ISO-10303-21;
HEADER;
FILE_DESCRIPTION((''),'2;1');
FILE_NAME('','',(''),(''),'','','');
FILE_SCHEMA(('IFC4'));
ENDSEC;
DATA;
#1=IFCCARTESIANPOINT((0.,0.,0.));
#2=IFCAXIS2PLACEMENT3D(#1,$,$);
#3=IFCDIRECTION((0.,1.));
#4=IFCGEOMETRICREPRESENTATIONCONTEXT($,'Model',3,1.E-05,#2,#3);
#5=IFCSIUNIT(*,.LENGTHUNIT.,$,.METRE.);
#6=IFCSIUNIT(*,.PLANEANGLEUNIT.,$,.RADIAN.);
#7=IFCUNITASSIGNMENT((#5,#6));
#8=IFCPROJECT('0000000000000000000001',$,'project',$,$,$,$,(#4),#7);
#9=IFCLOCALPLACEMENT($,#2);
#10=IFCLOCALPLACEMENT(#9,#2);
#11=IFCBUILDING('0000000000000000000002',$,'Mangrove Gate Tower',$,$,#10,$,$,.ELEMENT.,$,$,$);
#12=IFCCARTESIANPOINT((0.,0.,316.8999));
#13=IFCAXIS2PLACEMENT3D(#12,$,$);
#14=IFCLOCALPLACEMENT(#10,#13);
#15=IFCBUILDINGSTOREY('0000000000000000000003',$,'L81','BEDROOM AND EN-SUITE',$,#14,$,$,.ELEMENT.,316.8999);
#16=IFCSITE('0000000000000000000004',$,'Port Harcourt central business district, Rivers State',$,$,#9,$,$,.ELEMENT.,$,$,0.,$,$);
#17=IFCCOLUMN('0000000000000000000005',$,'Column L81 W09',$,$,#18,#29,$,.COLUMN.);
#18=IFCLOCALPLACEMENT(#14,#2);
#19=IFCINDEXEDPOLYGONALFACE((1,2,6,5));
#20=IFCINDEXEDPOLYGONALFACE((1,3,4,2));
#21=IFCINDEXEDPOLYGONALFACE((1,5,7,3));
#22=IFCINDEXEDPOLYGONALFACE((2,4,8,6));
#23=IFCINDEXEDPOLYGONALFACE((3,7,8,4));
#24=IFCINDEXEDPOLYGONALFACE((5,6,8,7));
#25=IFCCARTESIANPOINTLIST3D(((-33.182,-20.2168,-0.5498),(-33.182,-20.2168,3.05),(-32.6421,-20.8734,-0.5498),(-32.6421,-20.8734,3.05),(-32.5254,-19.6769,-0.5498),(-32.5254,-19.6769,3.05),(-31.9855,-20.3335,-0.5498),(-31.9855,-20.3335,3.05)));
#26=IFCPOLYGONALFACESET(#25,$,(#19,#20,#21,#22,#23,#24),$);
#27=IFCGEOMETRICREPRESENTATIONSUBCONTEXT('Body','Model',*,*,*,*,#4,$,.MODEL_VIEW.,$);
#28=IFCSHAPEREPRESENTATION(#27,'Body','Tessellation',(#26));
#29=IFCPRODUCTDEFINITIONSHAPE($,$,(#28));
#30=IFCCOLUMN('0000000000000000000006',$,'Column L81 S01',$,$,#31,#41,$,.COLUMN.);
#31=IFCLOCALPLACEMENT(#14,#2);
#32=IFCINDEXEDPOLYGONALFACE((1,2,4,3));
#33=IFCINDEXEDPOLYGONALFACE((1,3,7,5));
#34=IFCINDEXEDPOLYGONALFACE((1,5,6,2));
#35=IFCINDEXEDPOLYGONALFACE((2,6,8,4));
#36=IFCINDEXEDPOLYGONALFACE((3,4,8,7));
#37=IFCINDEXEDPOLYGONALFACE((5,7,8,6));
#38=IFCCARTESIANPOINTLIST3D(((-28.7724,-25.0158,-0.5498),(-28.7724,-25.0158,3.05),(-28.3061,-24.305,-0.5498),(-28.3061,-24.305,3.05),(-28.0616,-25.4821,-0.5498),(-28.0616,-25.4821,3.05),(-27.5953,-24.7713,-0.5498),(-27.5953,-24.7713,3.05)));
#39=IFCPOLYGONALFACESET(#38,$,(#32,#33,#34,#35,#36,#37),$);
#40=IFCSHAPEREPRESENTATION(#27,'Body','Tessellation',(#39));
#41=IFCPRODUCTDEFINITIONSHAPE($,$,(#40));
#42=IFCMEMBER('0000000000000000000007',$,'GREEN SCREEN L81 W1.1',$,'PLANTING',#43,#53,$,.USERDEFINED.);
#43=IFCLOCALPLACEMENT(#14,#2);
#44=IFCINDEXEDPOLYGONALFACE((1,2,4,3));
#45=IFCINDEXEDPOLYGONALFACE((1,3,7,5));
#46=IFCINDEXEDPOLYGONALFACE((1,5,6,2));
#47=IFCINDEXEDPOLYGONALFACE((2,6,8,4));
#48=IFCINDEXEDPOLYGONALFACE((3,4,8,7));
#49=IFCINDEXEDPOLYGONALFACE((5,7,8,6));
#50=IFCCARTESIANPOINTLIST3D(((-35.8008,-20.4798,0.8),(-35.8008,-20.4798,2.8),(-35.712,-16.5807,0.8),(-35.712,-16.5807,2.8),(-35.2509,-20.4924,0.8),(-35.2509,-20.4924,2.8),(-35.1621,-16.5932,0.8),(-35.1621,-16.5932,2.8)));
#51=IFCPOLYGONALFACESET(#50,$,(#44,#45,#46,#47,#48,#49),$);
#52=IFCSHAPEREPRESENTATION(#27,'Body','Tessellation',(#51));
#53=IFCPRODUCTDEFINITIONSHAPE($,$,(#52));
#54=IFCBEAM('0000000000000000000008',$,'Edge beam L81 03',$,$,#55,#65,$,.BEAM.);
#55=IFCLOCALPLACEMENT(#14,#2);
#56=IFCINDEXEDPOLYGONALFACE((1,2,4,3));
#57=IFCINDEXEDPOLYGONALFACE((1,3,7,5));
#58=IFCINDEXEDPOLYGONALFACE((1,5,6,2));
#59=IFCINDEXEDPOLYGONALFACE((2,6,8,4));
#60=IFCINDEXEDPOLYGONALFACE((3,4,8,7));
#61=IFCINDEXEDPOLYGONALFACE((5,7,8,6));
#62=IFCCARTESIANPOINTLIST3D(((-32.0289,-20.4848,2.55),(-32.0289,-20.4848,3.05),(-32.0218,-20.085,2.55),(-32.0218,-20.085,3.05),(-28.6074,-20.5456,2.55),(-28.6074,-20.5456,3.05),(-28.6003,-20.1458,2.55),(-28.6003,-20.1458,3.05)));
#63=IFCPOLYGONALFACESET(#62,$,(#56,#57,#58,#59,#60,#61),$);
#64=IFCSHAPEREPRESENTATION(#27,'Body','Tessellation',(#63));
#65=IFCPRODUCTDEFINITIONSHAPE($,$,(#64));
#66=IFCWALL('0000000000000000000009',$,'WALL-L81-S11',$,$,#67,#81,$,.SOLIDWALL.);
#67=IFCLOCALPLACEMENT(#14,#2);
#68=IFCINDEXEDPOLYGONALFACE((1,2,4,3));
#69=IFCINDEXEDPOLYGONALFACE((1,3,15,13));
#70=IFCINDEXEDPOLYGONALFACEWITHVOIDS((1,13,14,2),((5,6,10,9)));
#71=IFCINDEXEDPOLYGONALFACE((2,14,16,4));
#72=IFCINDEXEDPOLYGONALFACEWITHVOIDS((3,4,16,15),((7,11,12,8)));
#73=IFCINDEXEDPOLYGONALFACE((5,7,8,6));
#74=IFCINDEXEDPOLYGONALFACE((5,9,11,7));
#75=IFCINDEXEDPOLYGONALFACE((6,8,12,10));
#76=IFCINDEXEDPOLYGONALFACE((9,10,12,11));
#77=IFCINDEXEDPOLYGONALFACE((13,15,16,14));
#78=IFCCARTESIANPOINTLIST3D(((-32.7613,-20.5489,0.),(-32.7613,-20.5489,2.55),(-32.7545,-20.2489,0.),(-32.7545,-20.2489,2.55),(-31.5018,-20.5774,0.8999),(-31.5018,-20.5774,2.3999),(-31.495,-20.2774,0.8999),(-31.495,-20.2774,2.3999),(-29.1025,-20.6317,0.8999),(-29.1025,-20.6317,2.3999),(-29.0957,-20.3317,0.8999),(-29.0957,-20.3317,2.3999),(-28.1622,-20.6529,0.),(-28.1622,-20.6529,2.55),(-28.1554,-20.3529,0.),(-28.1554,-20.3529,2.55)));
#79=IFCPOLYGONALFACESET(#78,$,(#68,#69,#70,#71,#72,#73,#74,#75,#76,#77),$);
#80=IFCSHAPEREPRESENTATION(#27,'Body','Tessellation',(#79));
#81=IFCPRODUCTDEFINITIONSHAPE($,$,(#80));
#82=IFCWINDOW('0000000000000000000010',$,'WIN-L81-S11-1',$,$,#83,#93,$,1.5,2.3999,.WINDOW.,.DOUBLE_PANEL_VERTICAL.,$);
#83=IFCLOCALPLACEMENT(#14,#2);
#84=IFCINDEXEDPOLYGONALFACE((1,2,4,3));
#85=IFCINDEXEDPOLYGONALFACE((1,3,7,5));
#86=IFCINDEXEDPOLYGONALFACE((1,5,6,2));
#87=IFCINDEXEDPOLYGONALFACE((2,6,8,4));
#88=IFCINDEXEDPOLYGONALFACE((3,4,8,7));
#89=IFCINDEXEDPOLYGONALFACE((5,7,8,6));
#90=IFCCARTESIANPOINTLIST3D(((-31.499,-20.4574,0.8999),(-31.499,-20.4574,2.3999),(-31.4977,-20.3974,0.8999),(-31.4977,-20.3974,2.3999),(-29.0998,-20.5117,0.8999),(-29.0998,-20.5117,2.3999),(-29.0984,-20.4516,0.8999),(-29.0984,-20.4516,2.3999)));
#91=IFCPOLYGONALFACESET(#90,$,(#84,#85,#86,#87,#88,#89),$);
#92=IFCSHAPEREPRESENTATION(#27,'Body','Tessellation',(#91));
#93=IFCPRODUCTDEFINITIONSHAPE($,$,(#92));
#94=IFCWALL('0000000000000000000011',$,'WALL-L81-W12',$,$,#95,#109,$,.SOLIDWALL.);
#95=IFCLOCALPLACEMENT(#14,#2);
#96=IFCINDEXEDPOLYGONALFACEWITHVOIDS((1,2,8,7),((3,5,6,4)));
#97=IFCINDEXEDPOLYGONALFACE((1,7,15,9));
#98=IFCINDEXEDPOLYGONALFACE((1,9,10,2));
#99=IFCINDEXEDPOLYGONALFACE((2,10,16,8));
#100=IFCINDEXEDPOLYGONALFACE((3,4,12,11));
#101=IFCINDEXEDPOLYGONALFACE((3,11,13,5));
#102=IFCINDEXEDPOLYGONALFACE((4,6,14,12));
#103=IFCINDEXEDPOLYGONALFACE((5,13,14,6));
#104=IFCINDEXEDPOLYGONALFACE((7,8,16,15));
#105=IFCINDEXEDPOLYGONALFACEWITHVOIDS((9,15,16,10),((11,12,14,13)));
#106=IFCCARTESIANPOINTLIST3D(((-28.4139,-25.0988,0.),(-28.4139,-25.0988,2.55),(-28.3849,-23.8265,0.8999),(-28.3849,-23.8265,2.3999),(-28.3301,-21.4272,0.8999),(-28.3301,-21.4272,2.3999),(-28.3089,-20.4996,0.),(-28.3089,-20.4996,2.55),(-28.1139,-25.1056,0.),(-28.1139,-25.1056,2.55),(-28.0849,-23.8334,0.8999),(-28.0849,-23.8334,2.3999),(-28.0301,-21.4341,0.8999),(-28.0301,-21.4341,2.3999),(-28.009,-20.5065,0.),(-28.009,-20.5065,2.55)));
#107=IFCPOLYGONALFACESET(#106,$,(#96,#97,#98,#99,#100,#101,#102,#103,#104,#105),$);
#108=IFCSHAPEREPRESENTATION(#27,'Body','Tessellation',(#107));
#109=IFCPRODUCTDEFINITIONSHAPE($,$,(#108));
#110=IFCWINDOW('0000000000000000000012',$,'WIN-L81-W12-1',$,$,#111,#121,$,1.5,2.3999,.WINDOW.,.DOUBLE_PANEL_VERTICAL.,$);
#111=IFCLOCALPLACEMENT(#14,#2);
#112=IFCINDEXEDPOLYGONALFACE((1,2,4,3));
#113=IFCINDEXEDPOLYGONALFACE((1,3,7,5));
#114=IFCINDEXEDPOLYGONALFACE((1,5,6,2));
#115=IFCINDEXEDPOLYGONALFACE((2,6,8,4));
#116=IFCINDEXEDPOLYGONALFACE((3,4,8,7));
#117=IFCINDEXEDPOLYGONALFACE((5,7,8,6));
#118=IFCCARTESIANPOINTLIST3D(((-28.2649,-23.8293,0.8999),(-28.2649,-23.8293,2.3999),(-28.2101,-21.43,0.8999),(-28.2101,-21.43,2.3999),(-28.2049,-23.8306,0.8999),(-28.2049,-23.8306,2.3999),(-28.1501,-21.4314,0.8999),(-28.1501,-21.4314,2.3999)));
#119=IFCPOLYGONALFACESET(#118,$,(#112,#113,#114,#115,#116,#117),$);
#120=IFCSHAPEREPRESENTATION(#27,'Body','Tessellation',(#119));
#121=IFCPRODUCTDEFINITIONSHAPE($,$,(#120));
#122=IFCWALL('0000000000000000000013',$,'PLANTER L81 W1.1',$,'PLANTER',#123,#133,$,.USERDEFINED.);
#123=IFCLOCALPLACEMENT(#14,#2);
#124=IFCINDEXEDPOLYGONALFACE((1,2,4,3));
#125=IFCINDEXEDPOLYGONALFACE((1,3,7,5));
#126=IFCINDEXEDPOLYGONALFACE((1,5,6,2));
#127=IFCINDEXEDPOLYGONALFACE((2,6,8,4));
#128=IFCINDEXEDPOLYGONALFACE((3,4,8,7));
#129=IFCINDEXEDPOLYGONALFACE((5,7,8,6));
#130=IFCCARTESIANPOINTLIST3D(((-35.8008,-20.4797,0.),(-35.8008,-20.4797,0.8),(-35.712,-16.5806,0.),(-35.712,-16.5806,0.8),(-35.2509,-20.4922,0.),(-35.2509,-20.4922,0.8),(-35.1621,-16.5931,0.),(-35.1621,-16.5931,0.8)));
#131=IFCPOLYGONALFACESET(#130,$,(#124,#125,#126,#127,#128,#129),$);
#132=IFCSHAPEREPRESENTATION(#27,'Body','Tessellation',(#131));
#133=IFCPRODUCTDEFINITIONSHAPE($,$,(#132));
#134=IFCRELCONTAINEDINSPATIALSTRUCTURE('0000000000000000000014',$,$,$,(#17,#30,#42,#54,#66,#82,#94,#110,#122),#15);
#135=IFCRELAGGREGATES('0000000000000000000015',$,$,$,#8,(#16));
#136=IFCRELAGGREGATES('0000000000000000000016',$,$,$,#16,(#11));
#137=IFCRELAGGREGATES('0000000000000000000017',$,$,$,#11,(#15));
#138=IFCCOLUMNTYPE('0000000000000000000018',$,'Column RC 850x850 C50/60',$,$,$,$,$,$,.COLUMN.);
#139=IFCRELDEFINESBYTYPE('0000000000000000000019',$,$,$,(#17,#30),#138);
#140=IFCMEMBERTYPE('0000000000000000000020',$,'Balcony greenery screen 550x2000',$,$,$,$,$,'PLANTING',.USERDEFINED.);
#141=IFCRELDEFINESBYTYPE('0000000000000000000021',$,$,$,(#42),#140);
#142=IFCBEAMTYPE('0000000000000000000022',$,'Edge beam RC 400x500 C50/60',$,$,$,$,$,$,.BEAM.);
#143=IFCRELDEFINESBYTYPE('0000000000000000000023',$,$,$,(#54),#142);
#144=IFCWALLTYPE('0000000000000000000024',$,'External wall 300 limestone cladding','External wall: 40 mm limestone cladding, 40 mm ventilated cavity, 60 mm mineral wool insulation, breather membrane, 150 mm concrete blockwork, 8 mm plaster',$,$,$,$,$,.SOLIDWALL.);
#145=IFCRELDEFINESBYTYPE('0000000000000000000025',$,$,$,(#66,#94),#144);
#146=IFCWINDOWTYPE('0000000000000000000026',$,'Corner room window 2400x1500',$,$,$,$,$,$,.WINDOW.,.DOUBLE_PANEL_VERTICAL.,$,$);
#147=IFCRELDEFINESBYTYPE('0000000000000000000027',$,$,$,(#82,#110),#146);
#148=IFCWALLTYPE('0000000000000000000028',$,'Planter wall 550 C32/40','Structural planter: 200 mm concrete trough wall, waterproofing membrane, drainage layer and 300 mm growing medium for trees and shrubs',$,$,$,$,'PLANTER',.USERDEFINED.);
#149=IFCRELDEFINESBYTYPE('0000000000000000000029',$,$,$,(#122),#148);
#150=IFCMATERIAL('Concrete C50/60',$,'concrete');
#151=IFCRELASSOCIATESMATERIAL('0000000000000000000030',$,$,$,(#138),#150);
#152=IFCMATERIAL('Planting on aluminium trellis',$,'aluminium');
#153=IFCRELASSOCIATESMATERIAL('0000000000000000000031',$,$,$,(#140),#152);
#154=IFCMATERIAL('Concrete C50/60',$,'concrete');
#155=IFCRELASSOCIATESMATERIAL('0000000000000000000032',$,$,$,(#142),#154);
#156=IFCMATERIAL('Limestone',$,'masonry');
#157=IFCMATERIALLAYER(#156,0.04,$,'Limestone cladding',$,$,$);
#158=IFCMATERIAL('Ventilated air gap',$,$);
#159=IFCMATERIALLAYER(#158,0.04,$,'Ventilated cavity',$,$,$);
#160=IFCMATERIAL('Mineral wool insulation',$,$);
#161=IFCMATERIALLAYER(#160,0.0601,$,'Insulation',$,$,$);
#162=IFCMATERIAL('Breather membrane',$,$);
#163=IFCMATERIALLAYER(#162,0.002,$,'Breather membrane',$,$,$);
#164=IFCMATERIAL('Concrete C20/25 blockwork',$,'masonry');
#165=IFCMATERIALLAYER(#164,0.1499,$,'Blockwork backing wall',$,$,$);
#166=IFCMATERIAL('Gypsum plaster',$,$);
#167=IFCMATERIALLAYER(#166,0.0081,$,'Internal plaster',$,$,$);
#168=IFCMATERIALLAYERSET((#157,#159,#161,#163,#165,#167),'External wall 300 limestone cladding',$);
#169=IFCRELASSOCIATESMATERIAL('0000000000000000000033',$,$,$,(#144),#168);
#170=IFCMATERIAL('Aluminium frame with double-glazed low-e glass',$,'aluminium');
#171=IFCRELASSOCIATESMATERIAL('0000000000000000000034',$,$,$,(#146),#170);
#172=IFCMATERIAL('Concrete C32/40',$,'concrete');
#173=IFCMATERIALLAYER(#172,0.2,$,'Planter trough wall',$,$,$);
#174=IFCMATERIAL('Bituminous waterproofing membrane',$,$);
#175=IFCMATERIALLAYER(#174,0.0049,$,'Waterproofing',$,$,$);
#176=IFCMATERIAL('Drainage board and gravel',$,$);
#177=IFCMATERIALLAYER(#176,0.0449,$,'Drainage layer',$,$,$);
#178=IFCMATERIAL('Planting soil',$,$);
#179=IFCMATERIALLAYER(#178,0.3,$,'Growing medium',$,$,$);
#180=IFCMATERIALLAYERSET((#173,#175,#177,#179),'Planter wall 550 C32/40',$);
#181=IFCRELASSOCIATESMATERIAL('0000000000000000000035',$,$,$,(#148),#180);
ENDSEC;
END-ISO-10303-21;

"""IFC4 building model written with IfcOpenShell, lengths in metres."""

from ifc_helpers import new_model, si_unit, direction, frame, frame_2d, origin, origin_2d, place, context, subcontext, project, spatial, rectangle, extrude, material, layer, layer_set, material_profile, profile_set, type_object, element, fill, save


model = new_model("IFC4")

# Units and contexts
model_context = context("Model", 3, precision=1e-05, world=origin(), true_north=direction((0.0, 1.0)))
body_context = subcontext(model_context, "Body", "Model", "MODEL_VIEW")
ifc_project = project(units=[si_unit("LENGTHUNIT", "METRE"), si_unit("PLANEANGLEUNIT", "RADIAN")], contexts=[model_context])

# Site, building, storey
site_placement = place(None, origin())
site = spatial("IfcSite", under=ifc_project, at=site_placement, Name="Port Harcourt central business district, Rivers State", CompositionType="ELEMENT", RefElevation=0.0)
building_placement = place(site_placement, origin())
building = spatial("IfcBuilding", under=site, at=building_placement, Name="Mangrove Gate Tower", CompositionType="ELEMENT")
storey_placement = place(building_placement, frame((0.0, 0.0, 316.8999)))
storey = spatial("IfcBuildingStorey", under=building, at=storey_placement, Name="L81", Description="BEDROOM AND EN-SUITE", CompositionType="ELEMENT", Elevation=316.8999)

# Columns
ifc_material_1 = material(Name="Concrete C50/60", Category="concrete")
ifc_material_profile_1 = material_profile(ifc_material_1, rectangle(XDim=0.8501, YDim=0.8501, at=origin_2d()))
ifc_profile_set_1 = profile_set([ifc_material_profile_1], Name="Concrete C50/60")
column_type = type_object("IfcColumnType", Name="Column RC 850x850 C50/60", PredefinedType="COLUMN", material=ifc_profile_set_1)
for number, where, z_axis, x_axis, name in (
    (1, (-32.5837, -20.2751, -0.5498), (0.0, 0.0, 1.0), (0.635105, -0.772425, 0.0), "Column L81 W09"),
    (2, (-28.1838, -24.8936, -0.5498), (0.0, 0.0, 1.0), (0.836135, -0.548523, 0.0), "Column L81 S01"),
):
    element("IfcColumn", number, at=place(storey_placement, frame(where, z_axis=z_axis, x_axis=x_axis)), inside=storey, type_object=column_type, Name=name, PredefinedType="COLUMN", context=body_context, shape_type="SweptSolid", body=[
        extrude(rectangle(XDim=0.8501, YDim=0.8501, at=origin_2d()), origin(), (0.0, 0.0, 1.0), 3.5999),
    ])

# Member
ifc_material_2 = material(Name="Planting on aluminium trellis", Category="aluminium")
ifc_material_profile_2 = material_profile(ifc_material_2, rectangle(XDim=0.55, YDim=2.0, at=origin_2d()))
ifc_profile_set_2 = profile_set([ifc_material_profile_2], Name="Planting on aluminium trellis")
member_type = type_object("IfcMemberType", Name="Balcony greenery screen 550x2000", ElementType="PLANTING", PredefinedType="USERDEFINED", material=ifc_profile_set_2)
member_placement = place(storey_placement, frame((-35.5259, -20.4861, 1.8), z_axis=(0.022785, 0.99974, 0.0), x_axis=(-0.99974, 0.022785, 0.0)))
element("IfcMember", 3, at=member_placement, inside=storey, type_object=member_type, Name="GREEN SCREEN L81 W1.1", ObjectType="PLANTING", PredefinedType="USERDEFINED", context=body_context, shape_type="SweptSolid", body=[
    extrude(rectangle(XDim=0.55, YDim=2.0, at=origin_2d()), origin(), (0.0, 0.0, 1.0), 3.9001),
])

# Beam
ifc_material_3 = material(Name="Concrete C50/60", Category="concrete")
ifc_material_profile_3 = material_profile(ifc_material_3, rectangle(XDim=0.3999, YDim=0.5, at=origin_2d()))
ifc_profile_set_3 = profile_set([ifc_material_profile_3], Name="Concrete C50/60")
beam_type = type_object("IfcBeamType", Name="Edge beam RC 400x500 C50/60", PredefinedType="BEAM", material=ifc_profile_set_3)
beam_placement = place(storey_placement, frame((-32.0254, -20.2849, 2.8), z_axis=(0.999842, -0.017764, 0.0), x_axis=(0.017764, 0.999842, 0.0)))
element("IfcBeam", 4, at=beam_placement, inside=storey, type_object=beam_type, Name="Edge beam L81 03", PredefinedType="BEAM", context=body_context, shape_type="SweptSolid", body=[
    extrude(rectangle(XDim=0.3999, YDim=0.5, at=origin_2d()), origin(), (0.0, 0.0, 1.0), 3.4221),
])

# Walls, openings, windows
ifc_material_4 = material(Name="Limestone", Category="masonry")
ifc_layer_1 = layer(ifc_material_4, 0.04, Name="Limestone cladding")
ifc_material_5 = material(Name="Ventilated air gap")
ifc_layer_2 = layer(ifc_material_5, 0.04, Name="Ventilated cavity")
ifc_material_6 = material(Name="Mineral wool insulation")
ifc_layer_3 = layer(ifc_material_6, 0.0601, Name="Insulation")
ifc_material_7 = material(Name="Breather membrane")
ifc_layer_4 = layer(ifc_material_7, 0.002, Name="Breather membrane")
ifc_material_8 = material(Name="Concrete C20/25 blockwork", Category="masonry")
ifc_layer_5 = layer(ifc_material_8, 0.1499, Name="Blockwork backing wall")
ifc_material_9 = material(Name="Gypsum plaster")
ifc_layer_6 = layer(ifc_material_9, 0.0081, Name="Internal plaster")
ifc_layer_set_1 = layer_set([ifc_layer_1, ifc_layer_2, ifc_layer_3, ifc_layer_4, ifc_layer_5, ifc_layer_6], Name="External wall 300 limestone cladding")
wall_type_1 = type_object("IfcWallType", Name="External wall 300 limestone cladding", Description="External wall: 40 mm limestone cladding, 40 mm ventilated cavity, 60 mm mineral wool insulation, breather membrane, 150 mm concrete blockwork, 8 mm plaster", PredefinedType="SOLIDWALL", material=ifc_layer_set_1)
wall_1_placement = place(storey_placement, frame((-32.7581, -20.3989, 0.0), z_axis=(0.0, 0.0, 1.0), x_axis=(0.999744, -0.022608, 0.0)))
wall_1 = element("IfcWall", 5, at=wall_1_placement, inside=storey, type_object=wall_type_1, Name="WALL-L81-S11", PredefinedType="SOLIDWALL", context=body_context, shape_type="SweptSolid", body=[
    extrude(rectangle(XDim=4.6003, YDim=0.3, at=frame_2d((2.3003, 0.0))), origin(), (0.0, 0.0, 1.0), 2.55),
])
opening_1_placement = place(wall_1_placement, frame((1.26, 0.0, 0.8999)))
opening_1 = element("IfcOpeningElement", 6, at=opening_1_placement, cuts=wall_1, PredefinedType="OPENING", context=body_context, shape_type="SweptSolid", body=[
    extrude(rectangle(XDim=2.3999, YDim=1.5, at=frame_2d((1.2, 0.75))), frame((0.0, 0.1599, 0.0), z_axis=(0.0, -1.0, 0.0), x_axis=(1.0, 0.0, 0.0)), (0.0, 0.0, 1.0), 0.3201),
])
ifc_material_10 = material(Name="Aluminium frame with double-glazed low-e glass", Category="aluminium")
window_type = type_object("IfcWindowType", Name="Corner room window 2400x1500", PartitioningType="DOUBLE_PANEL_VERTICAL", PredefinedType="WINDOW", material=ifc_material_10)
window_1_placement = place(opening_1_placement, origin())
window_1 = element("IfcWindow", 7, at=window_1_placement, inside=storey, type_object=window_type, Name="WIN-L81-S11-1", OverallHeight=1.5, OverallWidth=2.3999, PartitioningType="DOUBLE_PANEL_VERTICAL", PredefinedType="WINDOW", context=body_context, shape_type="SweptSolid", body=[
    extrude(rectangle(XDim=2.3999, YDim=1.5, at=frame_2d((1.2, 0.75))), frame((0.0, 0.03, 0.0), z_axis=(0.0, -1.0, 0.0), x_axis=(1.0, 0.0, 0.0)), (0.0, 0.0, 1.0), 0.0601),
])
fill(opening_1, window_1)
wall_2_placement = place(storey_placement, frame((-28.1589, -20.5029, 0.0), z_axis=(0.0, 0.0, 1.0), x_axis=(-0.02282, -0.99974, 0.0)))
wall_2 = element("IfcWall", 8, at=wall_2_placement, inside=storey, type_object=wall_type_1, Name="WALL-L81-W12", PredefinedType="SOLIDWALL", context=body_context, shape_type="SweptSolid", body=[
    extrude(rectangle(XDim=4.6003, YDim=0.3, at=frame_2d((2.3003, 0.0))), origin(), (0.0, 0.0, 1.0), 2.55),
])
opening_2_placement = place(wall_2_placement, frame((0.928, 0.0, 0.8999)))
opening_2 = element("IfcOpeningElement", 9, at=opening_2_placement, cuts=wall_2, PredefinedType="OPENING", context=body_context, shape_type="SweptSolid", body=[
    extrude(rectangle(XDim=2.3999, YDim=1.5, at=frame_2d((1.2, 0.75))), frame((0.0, 0.1599, 0.0), z_axis=(0.0, -1.0, 0.0), x_axis=(1.0, 0.0, 0.0)), (0.0, 0.0, 1.0), 0.3201),
])
window_2_placement = place(opening_2_placement, origin())
window_2 = element("IfcWindow", 10, at=window_2_placement, inside=storey, type_object=window_type, Name="WIN-L81-W12-1", OverallHeight=1.5, OverallWidth=2.3999, PartitioningType="DOUBLE_PANEL_VERTICAL", PredefinedType="WINDOW", context=body_context, shape_type="SweptSolid", body=[
    extrude(rectangle(XDim=2.3999, YDim=1.5, at=frame_2d((1.2, 0.75))), frame((0.0, 0.03, 0.0), z_axis=(0.0, -1.0, 0.0), x_axis=(1.0, 0.0, 0.0)), (0.0, 0.0, 1.0), 0.0601),
])
fill(opening_2, window_2)

# Wall
ifc_material_11 = material(Name="Concrete C32/40", Category="concrete")
ifc_layer_7 = layer(ifc_material_11, 0.2, Name="Planter trough wall")
ifc_material_12 = material(Name="Bituminous waterproofing membrane")
ifc_layer_8 = layer(ifc_material_12, 0.0049, Name="Waterproofing")
ifc_material_13 = material(Name="Drainage board and gravel")
ifc_layer_9 = layer(ifc_material_13, 0.0449, Name="Drainage layer")
ifc_material_14 = material(Name="Planting soil")
ifc_layer_10 = layer(ifc_material_14, 0.3, Name="Growing medium")
ifc_layer_set_2 = layer_set([ifc_layer_7, ifc_layer_8, ifc_layer_9, ifc_layer_10], Name="Planter wall 550 C32/40")
wall_type_2 = type_object("IfcWallType", Name="Planter wall 550 C32/40", Description="Structural planter: 200 mm concrete trough wall, waterproofing membrane, drainage layer and 300 mm growing medium for trees and shrubs", ElementType="PLANTER", PredefinedType="USERDEFINED", material=ifc_layer_set_2)
wall_3_placement = place(storey_placement, frame((-35.5259, -20.4861, 0.0), z_axis=(0.0, 0.0, 1.0), x_axis=(0.022785, 0.99974, 0.0)))
element("IfcWall", 11, at=wall_3_placement, inside=storey, type_object=wall_type_2, Name="PLANTER L81 W1.1", ObjectType="PLANTER", PredefinedType="USERDEFINED", context=body_context, shape_type="SweptSolid", body=[
    extrude(rectangle(XDim=3.9001, YDim=0.55, at=frame_2d((1.9502, 0.0))), origin(), (0.0, 0.0, 1.0), 0.8),
])

save(model, "model.ifc")
